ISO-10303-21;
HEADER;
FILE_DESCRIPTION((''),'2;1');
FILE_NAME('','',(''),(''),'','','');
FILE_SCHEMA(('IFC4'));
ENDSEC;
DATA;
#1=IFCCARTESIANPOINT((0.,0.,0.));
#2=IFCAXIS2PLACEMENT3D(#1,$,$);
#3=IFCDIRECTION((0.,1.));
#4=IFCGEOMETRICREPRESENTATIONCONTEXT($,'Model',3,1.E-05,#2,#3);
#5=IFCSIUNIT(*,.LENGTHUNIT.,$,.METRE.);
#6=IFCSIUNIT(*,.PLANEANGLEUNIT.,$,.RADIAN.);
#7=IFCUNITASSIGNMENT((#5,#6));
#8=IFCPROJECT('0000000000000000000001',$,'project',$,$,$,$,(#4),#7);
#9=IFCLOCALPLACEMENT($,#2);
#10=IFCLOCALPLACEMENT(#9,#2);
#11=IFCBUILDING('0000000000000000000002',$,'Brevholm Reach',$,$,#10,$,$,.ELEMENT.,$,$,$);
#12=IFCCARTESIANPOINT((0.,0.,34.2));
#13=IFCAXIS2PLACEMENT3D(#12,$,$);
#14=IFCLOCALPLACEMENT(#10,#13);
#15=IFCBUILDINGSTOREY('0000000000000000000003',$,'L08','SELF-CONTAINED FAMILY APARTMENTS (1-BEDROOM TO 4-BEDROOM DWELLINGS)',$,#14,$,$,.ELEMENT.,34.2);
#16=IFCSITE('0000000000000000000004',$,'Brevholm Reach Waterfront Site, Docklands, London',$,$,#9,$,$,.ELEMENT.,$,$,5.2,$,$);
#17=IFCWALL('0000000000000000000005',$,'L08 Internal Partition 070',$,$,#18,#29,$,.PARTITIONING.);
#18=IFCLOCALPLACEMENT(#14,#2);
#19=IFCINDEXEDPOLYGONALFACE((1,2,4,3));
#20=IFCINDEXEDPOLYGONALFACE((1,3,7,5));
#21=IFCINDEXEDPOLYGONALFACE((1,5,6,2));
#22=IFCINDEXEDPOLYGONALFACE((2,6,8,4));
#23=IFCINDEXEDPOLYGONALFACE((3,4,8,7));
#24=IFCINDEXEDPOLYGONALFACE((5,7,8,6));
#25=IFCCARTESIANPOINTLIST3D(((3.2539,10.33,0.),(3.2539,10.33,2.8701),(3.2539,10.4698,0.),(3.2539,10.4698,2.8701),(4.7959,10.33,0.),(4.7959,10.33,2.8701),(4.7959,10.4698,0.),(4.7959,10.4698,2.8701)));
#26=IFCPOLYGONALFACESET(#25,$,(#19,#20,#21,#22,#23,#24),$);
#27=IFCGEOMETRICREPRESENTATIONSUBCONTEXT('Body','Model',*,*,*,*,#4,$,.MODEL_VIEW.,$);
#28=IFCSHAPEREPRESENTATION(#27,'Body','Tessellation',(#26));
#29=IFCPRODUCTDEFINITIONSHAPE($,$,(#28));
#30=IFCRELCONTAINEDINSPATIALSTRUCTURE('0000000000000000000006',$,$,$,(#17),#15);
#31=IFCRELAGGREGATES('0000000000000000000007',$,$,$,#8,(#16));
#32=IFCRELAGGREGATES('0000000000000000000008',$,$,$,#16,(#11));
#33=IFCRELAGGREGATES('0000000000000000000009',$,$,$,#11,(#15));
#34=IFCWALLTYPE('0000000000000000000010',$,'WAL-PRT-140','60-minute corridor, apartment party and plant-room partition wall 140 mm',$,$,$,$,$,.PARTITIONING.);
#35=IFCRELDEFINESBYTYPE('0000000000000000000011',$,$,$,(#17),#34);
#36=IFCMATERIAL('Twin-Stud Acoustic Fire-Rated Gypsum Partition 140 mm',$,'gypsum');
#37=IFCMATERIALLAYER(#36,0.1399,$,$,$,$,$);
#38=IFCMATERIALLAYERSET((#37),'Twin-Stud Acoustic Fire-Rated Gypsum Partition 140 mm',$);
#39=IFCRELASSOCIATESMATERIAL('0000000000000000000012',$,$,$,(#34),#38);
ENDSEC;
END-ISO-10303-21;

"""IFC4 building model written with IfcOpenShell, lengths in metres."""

from ifc_helpers import new_model, si_unit, direction, frame, frame_2d, origin, place, context, subcontext, project, spatial, rectangle, extrude, material, layer, layer_set, type_object, element, save


model = new_model("IFC4")

# Units and contexts
model_context = context("Model", 3, precision=1e-05, world=origin(), true_north=direction((0.0, 1.0)))
body_context = subcontext(model_context, "Body", "Model", "MODEL_VIEW")
ifc_project = project(units=[si_unit("LENGTHUNIT", "METRE"), si_unit("PLANEANGLEUNIT", "RADIAN")], contexts=[model_context])

# Site, building, storey
site_placement = place(None, origin())
site = spatial("IfcSite", under=ifc_project, at=site_placement, Name="Brevholm Reach Waterfront Site, Docklands, London", CompositionType="ELEMENT", RefElevation=5.2)
building_placement = place(site_placement, origin())
building = spatial("IfcBuilding", under=site, at=building_placement, Name="Brevholm Reach", CompositionType="ELEMENT")
storey_placement = place(building_placement, frame((0.0, 0.0, 34.2)))
storey = spatial("IfcBuildingStorey", under=building, at=storey_placement, Name="L08", Description="SELF-CONTAINED FAMILY APARTMENTS (1-BEDROOM TO 4-BEDROOM DWELLINGS)", CompositionType="ELEMENT", Elevation=34.2)

# Wall
ifc_material_1 = material(Name="Twin-Stud Acoustic Fire-Rated Gypsum Partition 140 mm", Category="gypsum")
ifc_layer_1 = layer(ifc_material_1, 0.1399)
ifc_layer_set_1 = layer_set([ifc_layer_1], Name="Twin-Stud Acoustic Fire-Rated Gypsum Partition 140 mm")
wall_type_1 = type_object("IfcWallType", Name="WAL-PRT-140", Description="60-minute corridor, apartment party and plant-room partition wall 140 mm", PredefinedType="PARTITIONING", material=ifc_layer_set_1)
wall_1_placement = place(storey_placement, frame((3.2539, 10.3999, 0.0), z_axis=(0.0, 0.0, 1.0), x_axis=(1.0, 0.0, 0.0)))
element("IfcWall", 1, at=wall_1_placement, inside=storey, type_object=wall_type_1, Name="L08 Internal Partition 070", PredefinedType="PARTITIONING", context=body_context, shape_type="SweptSolid", body=[
    extrude(rectangle(XDim=1.542, YDim=0.1399, at=frame_2d((0.771, 0.0))), origin(), (0.0, 0.0, 1.0), 2.8701),
])

save(model, "model.ifc")
